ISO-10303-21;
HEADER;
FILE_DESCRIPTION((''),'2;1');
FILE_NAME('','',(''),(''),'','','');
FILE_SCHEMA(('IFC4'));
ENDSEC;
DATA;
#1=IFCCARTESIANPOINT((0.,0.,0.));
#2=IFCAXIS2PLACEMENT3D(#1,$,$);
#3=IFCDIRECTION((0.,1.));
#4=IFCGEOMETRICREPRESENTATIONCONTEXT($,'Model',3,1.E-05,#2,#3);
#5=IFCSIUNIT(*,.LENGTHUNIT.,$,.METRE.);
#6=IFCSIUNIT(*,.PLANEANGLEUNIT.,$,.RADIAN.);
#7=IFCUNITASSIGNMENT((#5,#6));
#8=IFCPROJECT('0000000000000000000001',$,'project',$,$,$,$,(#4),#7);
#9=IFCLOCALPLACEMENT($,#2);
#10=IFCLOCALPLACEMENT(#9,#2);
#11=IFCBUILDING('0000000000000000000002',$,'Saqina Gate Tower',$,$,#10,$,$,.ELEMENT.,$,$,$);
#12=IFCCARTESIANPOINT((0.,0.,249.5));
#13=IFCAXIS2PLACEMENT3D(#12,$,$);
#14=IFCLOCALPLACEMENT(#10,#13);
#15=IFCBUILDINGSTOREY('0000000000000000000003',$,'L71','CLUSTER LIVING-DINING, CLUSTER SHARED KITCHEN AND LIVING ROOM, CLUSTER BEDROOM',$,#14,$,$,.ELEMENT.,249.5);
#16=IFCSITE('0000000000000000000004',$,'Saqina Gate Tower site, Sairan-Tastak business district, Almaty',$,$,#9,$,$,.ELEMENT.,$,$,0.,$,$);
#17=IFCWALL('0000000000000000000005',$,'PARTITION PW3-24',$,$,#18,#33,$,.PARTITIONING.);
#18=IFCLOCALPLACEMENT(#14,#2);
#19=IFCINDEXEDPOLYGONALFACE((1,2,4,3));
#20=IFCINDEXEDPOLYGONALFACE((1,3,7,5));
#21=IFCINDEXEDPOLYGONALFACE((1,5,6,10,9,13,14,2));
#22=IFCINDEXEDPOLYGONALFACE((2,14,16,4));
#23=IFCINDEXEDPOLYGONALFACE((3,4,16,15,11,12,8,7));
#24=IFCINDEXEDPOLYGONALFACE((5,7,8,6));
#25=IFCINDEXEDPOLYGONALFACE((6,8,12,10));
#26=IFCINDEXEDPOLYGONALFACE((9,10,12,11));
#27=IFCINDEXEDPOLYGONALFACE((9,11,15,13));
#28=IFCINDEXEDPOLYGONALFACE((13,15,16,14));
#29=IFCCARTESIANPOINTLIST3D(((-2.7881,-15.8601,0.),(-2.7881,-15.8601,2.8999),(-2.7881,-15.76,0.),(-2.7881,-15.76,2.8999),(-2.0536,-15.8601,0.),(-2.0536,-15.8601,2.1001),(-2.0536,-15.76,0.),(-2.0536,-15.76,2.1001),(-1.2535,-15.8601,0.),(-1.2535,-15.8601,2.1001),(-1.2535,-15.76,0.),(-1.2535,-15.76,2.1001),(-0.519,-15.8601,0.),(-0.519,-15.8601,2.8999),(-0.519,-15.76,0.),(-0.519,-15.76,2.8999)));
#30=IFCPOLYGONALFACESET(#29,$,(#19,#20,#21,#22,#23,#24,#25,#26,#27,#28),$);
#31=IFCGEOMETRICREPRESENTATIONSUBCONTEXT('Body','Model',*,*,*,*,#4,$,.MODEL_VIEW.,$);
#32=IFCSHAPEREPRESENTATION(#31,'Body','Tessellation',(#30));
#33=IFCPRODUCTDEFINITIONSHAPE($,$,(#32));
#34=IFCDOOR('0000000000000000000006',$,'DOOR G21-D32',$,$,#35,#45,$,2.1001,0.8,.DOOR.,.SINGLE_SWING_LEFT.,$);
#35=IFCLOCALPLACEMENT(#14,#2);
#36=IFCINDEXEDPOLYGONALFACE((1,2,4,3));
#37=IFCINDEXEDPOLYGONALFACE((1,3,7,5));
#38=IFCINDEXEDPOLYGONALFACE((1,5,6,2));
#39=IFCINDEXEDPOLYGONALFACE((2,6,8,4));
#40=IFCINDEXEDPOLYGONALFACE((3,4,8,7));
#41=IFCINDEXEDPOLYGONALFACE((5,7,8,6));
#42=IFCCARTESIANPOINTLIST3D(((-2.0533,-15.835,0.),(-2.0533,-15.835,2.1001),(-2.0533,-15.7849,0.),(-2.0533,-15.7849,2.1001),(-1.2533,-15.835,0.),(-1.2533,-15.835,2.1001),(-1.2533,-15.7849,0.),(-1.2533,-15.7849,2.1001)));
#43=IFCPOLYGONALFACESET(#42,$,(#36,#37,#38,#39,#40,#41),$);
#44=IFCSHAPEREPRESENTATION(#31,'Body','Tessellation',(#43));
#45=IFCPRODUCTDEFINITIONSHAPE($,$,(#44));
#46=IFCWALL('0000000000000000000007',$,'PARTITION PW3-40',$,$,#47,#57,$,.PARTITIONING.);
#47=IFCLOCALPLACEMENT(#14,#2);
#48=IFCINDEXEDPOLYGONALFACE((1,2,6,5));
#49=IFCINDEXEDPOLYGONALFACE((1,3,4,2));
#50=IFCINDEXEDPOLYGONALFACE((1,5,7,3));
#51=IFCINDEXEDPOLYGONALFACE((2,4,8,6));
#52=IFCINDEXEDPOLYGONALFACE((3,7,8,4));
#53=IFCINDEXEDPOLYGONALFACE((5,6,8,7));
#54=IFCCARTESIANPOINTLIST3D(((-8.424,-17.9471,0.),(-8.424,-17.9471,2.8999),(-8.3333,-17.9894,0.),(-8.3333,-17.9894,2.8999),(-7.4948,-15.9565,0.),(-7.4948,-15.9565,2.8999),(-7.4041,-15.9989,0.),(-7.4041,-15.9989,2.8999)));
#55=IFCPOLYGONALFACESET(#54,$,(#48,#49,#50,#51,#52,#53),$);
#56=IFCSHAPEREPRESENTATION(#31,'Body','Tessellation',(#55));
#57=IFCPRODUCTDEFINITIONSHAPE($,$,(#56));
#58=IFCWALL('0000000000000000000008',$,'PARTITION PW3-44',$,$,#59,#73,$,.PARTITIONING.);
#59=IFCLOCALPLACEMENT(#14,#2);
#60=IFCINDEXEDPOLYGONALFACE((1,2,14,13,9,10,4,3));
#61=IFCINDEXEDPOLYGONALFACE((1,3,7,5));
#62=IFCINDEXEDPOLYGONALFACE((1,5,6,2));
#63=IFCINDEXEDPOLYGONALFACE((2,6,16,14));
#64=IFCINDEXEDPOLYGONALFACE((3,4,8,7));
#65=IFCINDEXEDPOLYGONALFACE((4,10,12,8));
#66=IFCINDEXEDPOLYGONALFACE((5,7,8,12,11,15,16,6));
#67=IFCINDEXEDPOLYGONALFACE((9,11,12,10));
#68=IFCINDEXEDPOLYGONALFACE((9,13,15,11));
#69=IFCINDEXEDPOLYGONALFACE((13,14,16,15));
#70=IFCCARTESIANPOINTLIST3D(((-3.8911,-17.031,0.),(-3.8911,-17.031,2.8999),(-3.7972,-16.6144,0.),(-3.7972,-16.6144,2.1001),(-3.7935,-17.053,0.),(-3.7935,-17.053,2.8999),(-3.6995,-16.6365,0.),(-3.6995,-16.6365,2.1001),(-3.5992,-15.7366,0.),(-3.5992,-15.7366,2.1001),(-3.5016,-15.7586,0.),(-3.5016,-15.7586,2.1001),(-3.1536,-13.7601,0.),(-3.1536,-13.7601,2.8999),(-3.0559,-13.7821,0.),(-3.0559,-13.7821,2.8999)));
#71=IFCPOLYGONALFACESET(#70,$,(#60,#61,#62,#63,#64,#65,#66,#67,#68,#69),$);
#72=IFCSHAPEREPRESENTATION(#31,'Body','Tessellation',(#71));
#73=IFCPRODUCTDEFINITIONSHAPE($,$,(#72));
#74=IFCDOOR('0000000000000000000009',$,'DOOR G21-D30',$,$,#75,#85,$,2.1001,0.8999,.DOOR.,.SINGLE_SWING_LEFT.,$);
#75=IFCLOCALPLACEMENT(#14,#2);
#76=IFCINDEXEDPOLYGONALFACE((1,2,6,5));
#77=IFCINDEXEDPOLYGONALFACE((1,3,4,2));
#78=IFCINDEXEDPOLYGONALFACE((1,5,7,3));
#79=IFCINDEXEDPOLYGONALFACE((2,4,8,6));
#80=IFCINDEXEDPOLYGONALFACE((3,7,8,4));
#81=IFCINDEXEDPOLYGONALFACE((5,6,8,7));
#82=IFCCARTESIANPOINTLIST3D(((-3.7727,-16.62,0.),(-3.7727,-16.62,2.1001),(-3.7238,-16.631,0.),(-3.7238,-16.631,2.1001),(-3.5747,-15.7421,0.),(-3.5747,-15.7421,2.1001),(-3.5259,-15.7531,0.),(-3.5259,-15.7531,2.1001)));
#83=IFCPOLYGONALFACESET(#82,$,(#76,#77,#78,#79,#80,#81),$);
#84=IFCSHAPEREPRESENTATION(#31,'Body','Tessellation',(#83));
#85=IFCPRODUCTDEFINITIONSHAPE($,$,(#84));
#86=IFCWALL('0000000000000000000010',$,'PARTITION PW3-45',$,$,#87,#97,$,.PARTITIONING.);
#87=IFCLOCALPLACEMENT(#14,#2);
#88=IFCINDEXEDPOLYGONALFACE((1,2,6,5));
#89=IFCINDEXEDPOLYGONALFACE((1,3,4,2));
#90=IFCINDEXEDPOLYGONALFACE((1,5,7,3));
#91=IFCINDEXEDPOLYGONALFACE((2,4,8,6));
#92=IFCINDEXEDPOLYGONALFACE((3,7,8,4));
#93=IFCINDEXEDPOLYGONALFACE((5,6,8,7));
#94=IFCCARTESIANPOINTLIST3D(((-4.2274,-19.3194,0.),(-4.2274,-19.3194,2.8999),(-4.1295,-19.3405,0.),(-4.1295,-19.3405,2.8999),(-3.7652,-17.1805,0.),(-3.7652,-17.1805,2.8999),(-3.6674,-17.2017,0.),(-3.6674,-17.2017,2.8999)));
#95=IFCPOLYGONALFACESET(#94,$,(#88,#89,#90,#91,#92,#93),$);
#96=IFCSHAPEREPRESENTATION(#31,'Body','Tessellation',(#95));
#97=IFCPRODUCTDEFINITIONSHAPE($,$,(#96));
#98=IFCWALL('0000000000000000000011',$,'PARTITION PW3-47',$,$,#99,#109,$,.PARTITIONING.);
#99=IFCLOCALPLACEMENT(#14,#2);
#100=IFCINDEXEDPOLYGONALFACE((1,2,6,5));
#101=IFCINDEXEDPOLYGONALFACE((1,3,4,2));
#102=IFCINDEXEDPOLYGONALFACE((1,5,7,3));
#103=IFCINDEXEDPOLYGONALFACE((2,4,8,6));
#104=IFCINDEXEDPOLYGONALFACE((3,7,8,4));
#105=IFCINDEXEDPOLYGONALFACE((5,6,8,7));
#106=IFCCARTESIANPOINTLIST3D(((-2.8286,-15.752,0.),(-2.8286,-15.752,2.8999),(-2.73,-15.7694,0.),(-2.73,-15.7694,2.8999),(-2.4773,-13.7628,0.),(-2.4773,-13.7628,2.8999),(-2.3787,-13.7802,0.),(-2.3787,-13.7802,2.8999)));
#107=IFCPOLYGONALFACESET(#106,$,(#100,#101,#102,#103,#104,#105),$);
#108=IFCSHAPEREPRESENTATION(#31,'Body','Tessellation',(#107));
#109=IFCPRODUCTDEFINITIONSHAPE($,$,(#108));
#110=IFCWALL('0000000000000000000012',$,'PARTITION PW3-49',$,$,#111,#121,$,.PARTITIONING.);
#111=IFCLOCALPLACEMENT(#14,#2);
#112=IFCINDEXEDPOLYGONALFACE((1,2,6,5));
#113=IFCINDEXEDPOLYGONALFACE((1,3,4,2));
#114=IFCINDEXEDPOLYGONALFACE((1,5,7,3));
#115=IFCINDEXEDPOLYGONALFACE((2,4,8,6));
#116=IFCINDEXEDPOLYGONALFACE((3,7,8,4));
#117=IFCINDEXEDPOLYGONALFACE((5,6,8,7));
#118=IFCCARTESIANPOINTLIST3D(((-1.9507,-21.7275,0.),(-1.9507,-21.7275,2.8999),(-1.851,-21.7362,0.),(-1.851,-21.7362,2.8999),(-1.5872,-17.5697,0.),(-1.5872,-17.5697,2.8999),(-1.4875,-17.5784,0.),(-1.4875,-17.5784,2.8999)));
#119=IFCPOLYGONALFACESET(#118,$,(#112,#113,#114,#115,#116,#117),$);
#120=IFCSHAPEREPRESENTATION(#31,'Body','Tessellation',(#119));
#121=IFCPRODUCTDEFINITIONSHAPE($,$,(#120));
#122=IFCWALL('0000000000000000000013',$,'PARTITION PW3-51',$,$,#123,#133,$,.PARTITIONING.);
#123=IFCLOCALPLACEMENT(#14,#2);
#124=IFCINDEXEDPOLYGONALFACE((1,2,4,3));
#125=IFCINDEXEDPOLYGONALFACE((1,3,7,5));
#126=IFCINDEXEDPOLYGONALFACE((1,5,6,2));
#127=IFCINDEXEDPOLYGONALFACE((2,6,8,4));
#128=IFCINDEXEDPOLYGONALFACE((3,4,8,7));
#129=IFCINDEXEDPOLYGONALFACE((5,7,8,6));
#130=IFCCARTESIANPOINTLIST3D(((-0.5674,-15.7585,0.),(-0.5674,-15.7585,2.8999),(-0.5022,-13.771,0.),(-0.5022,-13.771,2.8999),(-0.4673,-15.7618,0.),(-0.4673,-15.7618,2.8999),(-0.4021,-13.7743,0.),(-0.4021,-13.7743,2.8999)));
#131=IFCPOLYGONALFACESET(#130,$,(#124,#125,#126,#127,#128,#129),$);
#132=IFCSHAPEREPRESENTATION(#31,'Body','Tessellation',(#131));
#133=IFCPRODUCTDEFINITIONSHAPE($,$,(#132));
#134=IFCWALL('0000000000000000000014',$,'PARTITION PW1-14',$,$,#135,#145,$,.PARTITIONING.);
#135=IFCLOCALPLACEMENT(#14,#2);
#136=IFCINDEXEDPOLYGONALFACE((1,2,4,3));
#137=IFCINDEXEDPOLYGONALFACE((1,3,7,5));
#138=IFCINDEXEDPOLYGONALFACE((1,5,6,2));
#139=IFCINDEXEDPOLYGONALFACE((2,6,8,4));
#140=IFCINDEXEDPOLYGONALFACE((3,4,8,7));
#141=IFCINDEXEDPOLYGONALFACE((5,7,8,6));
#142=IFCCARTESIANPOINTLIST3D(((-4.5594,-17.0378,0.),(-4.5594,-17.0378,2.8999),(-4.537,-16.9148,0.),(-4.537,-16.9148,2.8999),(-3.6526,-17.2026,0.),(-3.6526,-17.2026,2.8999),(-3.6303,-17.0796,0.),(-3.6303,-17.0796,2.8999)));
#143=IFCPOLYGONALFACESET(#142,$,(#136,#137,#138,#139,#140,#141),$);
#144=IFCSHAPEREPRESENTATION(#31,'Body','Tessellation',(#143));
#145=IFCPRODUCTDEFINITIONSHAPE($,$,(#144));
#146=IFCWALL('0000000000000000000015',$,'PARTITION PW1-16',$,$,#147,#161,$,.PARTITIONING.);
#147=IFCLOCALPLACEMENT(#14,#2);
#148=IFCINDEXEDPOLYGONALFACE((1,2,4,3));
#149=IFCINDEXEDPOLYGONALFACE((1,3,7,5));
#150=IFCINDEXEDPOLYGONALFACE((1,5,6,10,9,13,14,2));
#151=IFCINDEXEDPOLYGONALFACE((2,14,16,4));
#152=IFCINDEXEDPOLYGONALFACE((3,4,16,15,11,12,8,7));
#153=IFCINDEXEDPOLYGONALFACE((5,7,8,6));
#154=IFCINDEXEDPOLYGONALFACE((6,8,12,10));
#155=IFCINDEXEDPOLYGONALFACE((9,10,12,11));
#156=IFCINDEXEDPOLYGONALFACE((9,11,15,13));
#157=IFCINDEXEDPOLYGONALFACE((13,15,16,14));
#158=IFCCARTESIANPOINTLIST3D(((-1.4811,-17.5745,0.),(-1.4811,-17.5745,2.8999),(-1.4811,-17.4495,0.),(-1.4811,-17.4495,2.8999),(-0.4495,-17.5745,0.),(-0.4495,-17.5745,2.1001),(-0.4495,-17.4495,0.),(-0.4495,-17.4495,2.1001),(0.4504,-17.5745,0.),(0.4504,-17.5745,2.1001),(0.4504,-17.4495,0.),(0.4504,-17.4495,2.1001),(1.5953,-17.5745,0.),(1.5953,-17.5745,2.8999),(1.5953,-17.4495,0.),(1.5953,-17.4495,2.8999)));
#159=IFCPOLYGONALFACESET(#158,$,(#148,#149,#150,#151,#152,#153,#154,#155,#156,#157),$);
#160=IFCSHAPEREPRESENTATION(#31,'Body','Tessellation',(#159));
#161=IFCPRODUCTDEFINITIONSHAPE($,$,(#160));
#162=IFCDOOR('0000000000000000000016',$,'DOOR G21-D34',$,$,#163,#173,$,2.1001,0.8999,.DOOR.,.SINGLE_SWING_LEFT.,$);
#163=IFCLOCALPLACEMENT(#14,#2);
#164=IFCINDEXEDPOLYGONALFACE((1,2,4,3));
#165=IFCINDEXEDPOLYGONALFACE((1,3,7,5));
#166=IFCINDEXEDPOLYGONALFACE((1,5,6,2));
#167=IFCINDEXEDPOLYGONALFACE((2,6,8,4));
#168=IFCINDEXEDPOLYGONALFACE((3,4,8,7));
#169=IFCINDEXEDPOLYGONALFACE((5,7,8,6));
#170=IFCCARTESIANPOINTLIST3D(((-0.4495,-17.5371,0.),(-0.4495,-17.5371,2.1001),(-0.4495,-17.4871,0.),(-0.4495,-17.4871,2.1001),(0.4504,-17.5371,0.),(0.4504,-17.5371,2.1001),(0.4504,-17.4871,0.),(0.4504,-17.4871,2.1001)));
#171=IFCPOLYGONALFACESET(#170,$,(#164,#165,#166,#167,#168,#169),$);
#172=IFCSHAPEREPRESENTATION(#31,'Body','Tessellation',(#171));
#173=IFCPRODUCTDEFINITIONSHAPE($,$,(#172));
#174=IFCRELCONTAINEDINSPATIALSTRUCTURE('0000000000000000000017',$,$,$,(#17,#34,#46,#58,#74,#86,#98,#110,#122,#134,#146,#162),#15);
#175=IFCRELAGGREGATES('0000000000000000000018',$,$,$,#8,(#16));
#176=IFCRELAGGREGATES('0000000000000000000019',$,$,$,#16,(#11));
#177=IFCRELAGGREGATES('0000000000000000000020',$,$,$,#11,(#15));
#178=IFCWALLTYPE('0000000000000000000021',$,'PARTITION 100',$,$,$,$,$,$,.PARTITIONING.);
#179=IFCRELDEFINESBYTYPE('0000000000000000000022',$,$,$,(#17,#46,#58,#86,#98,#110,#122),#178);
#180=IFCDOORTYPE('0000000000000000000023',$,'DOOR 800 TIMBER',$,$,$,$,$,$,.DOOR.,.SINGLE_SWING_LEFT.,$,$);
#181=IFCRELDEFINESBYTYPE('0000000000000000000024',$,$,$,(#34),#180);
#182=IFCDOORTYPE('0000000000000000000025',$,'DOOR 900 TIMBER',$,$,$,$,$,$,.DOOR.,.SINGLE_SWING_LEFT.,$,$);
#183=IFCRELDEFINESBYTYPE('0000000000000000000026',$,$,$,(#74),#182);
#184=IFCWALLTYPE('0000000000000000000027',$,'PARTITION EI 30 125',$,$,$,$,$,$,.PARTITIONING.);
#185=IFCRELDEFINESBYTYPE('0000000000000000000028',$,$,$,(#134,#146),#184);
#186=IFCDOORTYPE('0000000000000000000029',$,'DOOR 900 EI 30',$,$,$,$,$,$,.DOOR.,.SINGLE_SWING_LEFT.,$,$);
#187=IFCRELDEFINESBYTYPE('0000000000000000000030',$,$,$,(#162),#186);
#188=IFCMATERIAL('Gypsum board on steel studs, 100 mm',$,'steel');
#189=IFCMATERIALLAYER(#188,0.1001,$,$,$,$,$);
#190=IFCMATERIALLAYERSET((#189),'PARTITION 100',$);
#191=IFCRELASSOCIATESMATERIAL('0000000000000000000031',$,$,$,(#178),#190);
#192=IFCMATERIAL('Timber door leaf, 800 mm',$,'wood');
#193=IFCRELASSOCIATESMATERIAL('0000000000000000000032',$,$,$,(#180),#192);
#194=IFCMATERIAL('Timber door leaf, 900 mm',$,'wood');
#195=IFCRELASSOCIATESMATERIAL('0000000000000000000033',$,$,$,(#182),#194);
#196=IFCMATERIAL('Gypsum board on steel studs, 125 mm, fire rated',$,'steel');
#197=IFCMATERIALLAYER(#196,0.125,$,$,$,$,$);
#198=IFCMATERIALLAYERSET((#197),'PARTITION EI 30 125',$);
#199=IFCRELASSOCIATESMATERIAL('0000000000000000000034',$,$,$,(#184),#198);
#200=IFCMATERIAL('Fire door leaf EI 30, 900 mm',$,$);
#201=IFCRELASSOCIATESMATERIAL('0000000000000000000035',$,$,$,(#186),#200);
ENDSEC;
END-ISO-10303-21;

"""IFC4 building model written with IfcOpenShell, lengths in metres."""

from ifc_helpers import new_model, si_unit, direction, frame, frame_2d, origin, place, context, subcontext, project, spatial, rectangle, extrude, material, layer, layer_set, type_object, element, fill, save


model = new_model("IFC4")

# Units and contexts
model_context = context("Model", 3, precision=1e-05, world=origin(), true_north=direction((0.0, 1.0)))
body_context = subcontext(model_context, "Body", "Model", "MODEL_VIEW")
ifc_project = project(units=[si_unit("LENGTHUNIT", "METRE"), si_unit("PLANEANGLEUNIT", "RADIAN")], contexts=[model_context])

# Site, building, storey
site_placement = place(None, origin())
site = spatial("IfcSite", under=ifc_project, at=site_placement, Name="Saqina Gate Tower site, Sairan-Tastak business district, Almaty", CompositionType="ELEMENT", RefElevation=0.0)
building_placement = place(site_placement, origin())
building = spatial("IfcBuilding", under=site, at=building_placement, Name="Saqina Gate Tower", CompositionType="ELEMENT")
storey_placement = place(building_placement, frame((0.0, 0.0, 249.5)))
storey = spatial("IfcBuildingStorey", under=building, at=storey_placement, Name="L71", Description="CLUSTER LIVING-DINING, CLUSTER SHARED KITCHEN AND LIVING ROOM, CLUSTER BEDROOM", CompositionType="ELEMENT", Elevation=249.5)

# Shared definitions
ifc_material_1 = material(Name="Gypsum board on steel studs, 100 mm", Category="steel")
ifc_layer_1 = layer(ifc_material_1, 0.1001)
ifc_layer_set_1 = layer_set([ifc_layer_1], Name="PARTITION 100")
wall_type_1 = type_object("IfcWallType", Name="PARTITION 100", PredefinedType="PARTITIONING", material=ifc_layer_set_1)
ifc_material_2 = material(Name="Timber door leaf, 800 mm", Category="wood")
door_type_1 = type_object("IfcDoorType", Name="DOOR 800 TIMBER", OperationType="SINGLE_SWING_LEFT", PredefinedType="DOOR", material=ifc_material_2)

# Wall, opening, door
wall_1_placement = place(storey_placement, frame((-2.7881, -15.8101, 0.0), z_axis=(0.0, 0.0, 1.0), x_axis=(1.0, 0.0, 0.0)))
wall_1 = element("IfcWall", 1, at=wall_1_placement, inside=storey, type_object=wall_type_1, Name="PARTITION PW3-24", PredefinedType="PARTITIONING", context=body_context, shape_type="SweptSolid", body=[
    extrude(rectangle(XDim=2.269, YDim=0.1001, at=frame_2d((1.1345, 0.0))), origin(), (0.0, 0.0, 1.0), 2.8999),
])
opening_1_placement = place(wall_1_placement, frame((0.7346, 0.0, 0.0)))
opening_1 = element("IfcOpeningElement", 2, at=opening_1_placement, cuts=wall_1, PredefinedType="OPENING", context=body_context, shape_type="SweptSolid", body=[
    extrude(rectangle(XDim=0.8, YDim=2.1001, at=frame_2d((0.3999, 1.05))), frame((0.0, 0.062, 0.0), z_axis=(0.0, -1.0, 0.0), x_axis=(1.0, 0.0, 0.0)), (0.0, 0.0, 1.0), 0.124),
])
door_1_placement = place(opening_1_placement, frame((0.8, 0.0, 0.0), z_axis=(0.0, 0.0, 1.0), x_axis=(-1.0, 0.0, 0.0)))
door_1 = element("IfcDoor", 3, at=door_1_placement, inside=storey, type_object=door_type_1, Name="DOOR G21-D32", OperationType="SINGLE_SWING_LEFT", OverallHeight=2.1001, OverallWidth=0.8, PredefinedType="DOOR", context=body_context, shape_type="SweptSolid", body=[
    extrude(rectangle(XDim=0.8, YDim=2.1001, at=frame_2d((0.3999, 1.05))), frame((0.0, 0.0249, 0.0), z_axis=(0.0, -1.0, 0.0), x_axis=(1.0, 0.0, 0.0)), (0.0, 0.0, 1.0), 0.05),
])
fill(opening_1, door_1)

# Wall
wall_2_placement = place(storey_placement, frame((-8.3787, -17.9683, 0.0), z_axis=(0.0, 0.0, 1.0), x_axis=(0.423001, 0.906129, 0.0)))
element("IfcWall", 4, at=wall_2_placement, inside=storey, type_object=wall_type_1, Name="PARTITION PW3-40", PredefinedType="PARTITIONING", context=body_context, shape_type="SweptSolid", body=[
    extrude(rectangle(XDim=2.1968, YDim=0.1001, at=frame_2d((1.0984, 0.0))), origin(), (0.0, 0.0, 1.0), 2.8999),
])

# Wall, opening, door
wall_3_placement = place(storey_placement, frame((-3.8423, -17.042, 0.0), z_axis=(0.0, 0.0, 1.0), x_axis=(0.219959, 0.975509, 0.0)))
wall_3 = element("IfcWall", 5, at=wall_3_placement, inside=storey, type_object=wall_type_1, Name="PARTITION PW3-44", PredefinedType="PARTITIONING", context=body_context, shape_type="SweptSolid", body=[
    extrude(rectangle(XDim=3.353, YDim=0.1001, at=frame_2d((1.6765, 0.0))), origin(), (0.0, 0.0, 1.0), 2.8999),
])
opening_2_placement = place(wall_3_placement, frame((0.427, 0.0, 0.0)))
opening_2 = element("IfcOpeningElement", 6, at=opening_2_placement, cuts=wall_3, PredefinedType="OPENING", context=body_context, shape_type="SweptSolid", body=[
    extrude(rectangle(XDim=0.8999, YDim=2.1001, at=frame_2d((0.45, 1.05))), frame((0.0, 0.062, 0.0), z_axis=(0.0, -1.0, 0.0), x_axis=(1.0, 0.0, 0.0)), (0.0, 0.0, 1.0), 0.124),
])
ifc_material_3 = material(Name="Timber door leaf, 900 mm", Category="wood")
door_type_2 = type_object("IfcDoorType", Name="DOOR 900 TIMBER", OperationType="SINGLE_SWING_LEFT", PredefinedType="DOOR", material=ifc_material_3)
door_2_placement = place(opening_2_placement, origin())
door_2 = element("IfcDoor", 7, at=door_2_placement, inside=storey, type_object=door_type_2, Name="DOOR G21-D30", OperationType="SINGLE_SWING_LEFT", OverallHeight=2.1001, OverallWidth=0.8999, PredefinedType="DOOR", context=body_context, shape_type="SweptSolid", body=[
    extrude(rectangle(XDim=0.8999, YDim=2.1001, at=frame_2d((0.45, 1.05))), frame((0.0, 0.0249, 0.0), z_axis=(0.0, -1.0, 0.0), x_axis=(1.0, 0.0, 0.0)), (0.0, 0.0, 1.0), 0.05),
])
fill(opening_2, door_2)

# Walls
wall_4_placement = place(storey_placement, frame((-4.1785, -19.3301, 0.0), z_axis=(0.0, 0.0, 1.0), x_axis=(0.211197, 0.977443, 0.0)))
element("IfcWall", 8, at=wall_4_placement, inside=storey, type_object=wall_type_1, Name="PARTITION PW3-45", PredefinedType="PARTITIONING", context=body_context, shape_type="SweptSolid", body=[
    extrude(rectangle(XDim=2.1882, YDim=0.1001, at=frame_2d((1.0942, 0.0))), origin(), (0.0, 0.0, 1.0), 2.8999),
])
wall_5_placement = place(storey_placement, frame((-2.7793, -15.7607, 0.0), z_axis=(0.0, 0.0, 1.0), x_axis=(0.173916, 0.98476, 0.0)))
element("IfcWall", 9, at=wall_5_placement, inside=storey, type_object=wall_type_1, Name="PARTITION PW3-47", PredefinedType="PARTITIONING", context=body_context, shape_type="SweptSolid", body=[
    extrude(rectangle(XDim=2.02, YDim=0.1001, at=frame_2d((1.01, 0.0))), origin(), (0.0, 0.0, 1.0), 2.8999),
])
wall_6_placement = place(storey_placement, frame((-1.9009, -21.7319, 0.0), z_axis=(0.0, 0.0, 1.0), x_axis=(0.087102, 0.996199, 0.0)))
element("IfcWall", 10, at=wall_6_placement, inside=storey, type_object=wall_type_1, Name="PARTITION PW3-49", PredefinedType="PARTITIONING", context=body_context, shape_type="SweptSolid", body=[
    extrude(rectangle(XDim=4.1736, YDim=0.1001, at=frame_2d((2.0869, 0.0))), origin(), (0.0, 0.0, 1.0), 2.8999),
])
wall_7_placement = place(storey_placement, frame((-0.5173, -15.76, 0.0), z_axis=(0.0, 0.0, 1.0), x_axis=(0.032779, 0.999463, 0.0)))
element("IfcWall", 11, at=wall_7_placement, inside=storey, type_object=wall_type_1, Name="PARTITION PW3-51", PredefinedType="PARTITIONING", context=body_context, shape_type="SweptSolid", body=[
    extrude(rectangle(XDim=1.9885, YDim=0.1001, at=frame_2d((0.9941, 0.0))), origin(), (0.0, 0.0, 1.0), 2.8999),
])
ifc_material_4 = material(Name="Gypsum board on steel studs, 125 mm, fire rated", Category="steel")
ifc_layer_2 = layer(ifc_material_4, 0.125)
ifc_layer_set_2 = layer_set([ifc_layer_2], Name="PARTITION EI 30 125")
wall_type_2 = type_object("IfcWallType", Name="PARTITION EI 30 125", PredefinedType="PARTITIONING", material=ifc_layer_set_2)
wall_8_placement = place(storey_placement, frame((-4.5483, -16.9763, 0.0), z_axis=(0.0, 0.0, 1.0), x_axis=(0.983883, -0.178816, 0.0)))
element("IfcWall", 12, at=wall_8_placement, inside=storey, type_object=wall_type_2, Name="PARTITION PW1-14", PredefinedType="PARTITIONING", context=body_context, shape_type="SweptSolid", body=[
    extrude(rectangle(XDim=0.9216, YDim=0.125, at=frame_2d((0.4609, 0.0))), origin(), (0.0, 0.0, 1.0), 2.8999),
])

# Wall, opening, door
wall_9_placement = place(storey_placement, frame((-1.481, -17.512, 0.0), z_axis=(0.0, 0.0, 1.0), x_axis=(1.0, 0.0, 0.0)))
wall_9 = element("IfcWall", 13, at=wall_9_placement, inside=storey, type_object=wall_type_2, Name="PARTITION PW1-16", PredefinedType="PARTITIONING", context=body_context, shape_type="SweptSolid", body=[
    extrude(rectangle(XDim=3.0764, YDim=0.125, at=frame_2d((1.5381, 0.0))), origin(), (0.0, 0.0, 1.0), 2.8999),
])
opening_3_placement = place(wall_9_placement, frame((1.0315, 0.0, 0.0)))
opening_3 = element("IfcOpeningElement", 14, at=opening_3_placement, cuts=wall_9, PredefinedType="OPENING", context=body_context, shape_type="SweptSolid", body=[
    extrude(rectangle(XDim=0.8999, YDim=2.1001, at=frame_2d((0.45, 1.05))), frame((0.0, 0.0745, 0.0), z_axis=(0.0, -1.0, 0.0), x_axis=(1.0, 0.0, 0.0)), (0.0, 0.0, 1.0), 0.1489),
])
ifc_material_5 = material(Name="Fire door leaf EI 30, 900 mm")
door_type_3 = type_object("IfcDoorType", Name="DOOR 900 EI 30", OperationType="SINGLE_SWING_LEFT", PredefinedType="DOOR", material=ifc_material_5)
door_3_placement = place(opening_3_placement, origin())
door_3 = element("IfcDoor", 15, at=door_3_placement, inside=storey, type_object=door_type_3, Name="DOOR G21-D34", OperationType="SINGLE_SWING_LEFT", OverallHeight=2.1001, OverallWidth=0.8999, PredefinedType="DOOR", context=body_context, shape_type="SweptSolid", body=[
    extrude(rectangle(XDim=0.8999, YDim=2.1001, at=frame_2d((0.45, 1.05))), frame((0.0, 0.0249, 0.0), z_axis=(0.0, -1.0, 0.0), x_axis=(1.0, 0.0, 0.0)), (0.0, 0.0, 1.0), 0.05),
])
fill(opening_3, door_3)

save(model, "model.ifc")
